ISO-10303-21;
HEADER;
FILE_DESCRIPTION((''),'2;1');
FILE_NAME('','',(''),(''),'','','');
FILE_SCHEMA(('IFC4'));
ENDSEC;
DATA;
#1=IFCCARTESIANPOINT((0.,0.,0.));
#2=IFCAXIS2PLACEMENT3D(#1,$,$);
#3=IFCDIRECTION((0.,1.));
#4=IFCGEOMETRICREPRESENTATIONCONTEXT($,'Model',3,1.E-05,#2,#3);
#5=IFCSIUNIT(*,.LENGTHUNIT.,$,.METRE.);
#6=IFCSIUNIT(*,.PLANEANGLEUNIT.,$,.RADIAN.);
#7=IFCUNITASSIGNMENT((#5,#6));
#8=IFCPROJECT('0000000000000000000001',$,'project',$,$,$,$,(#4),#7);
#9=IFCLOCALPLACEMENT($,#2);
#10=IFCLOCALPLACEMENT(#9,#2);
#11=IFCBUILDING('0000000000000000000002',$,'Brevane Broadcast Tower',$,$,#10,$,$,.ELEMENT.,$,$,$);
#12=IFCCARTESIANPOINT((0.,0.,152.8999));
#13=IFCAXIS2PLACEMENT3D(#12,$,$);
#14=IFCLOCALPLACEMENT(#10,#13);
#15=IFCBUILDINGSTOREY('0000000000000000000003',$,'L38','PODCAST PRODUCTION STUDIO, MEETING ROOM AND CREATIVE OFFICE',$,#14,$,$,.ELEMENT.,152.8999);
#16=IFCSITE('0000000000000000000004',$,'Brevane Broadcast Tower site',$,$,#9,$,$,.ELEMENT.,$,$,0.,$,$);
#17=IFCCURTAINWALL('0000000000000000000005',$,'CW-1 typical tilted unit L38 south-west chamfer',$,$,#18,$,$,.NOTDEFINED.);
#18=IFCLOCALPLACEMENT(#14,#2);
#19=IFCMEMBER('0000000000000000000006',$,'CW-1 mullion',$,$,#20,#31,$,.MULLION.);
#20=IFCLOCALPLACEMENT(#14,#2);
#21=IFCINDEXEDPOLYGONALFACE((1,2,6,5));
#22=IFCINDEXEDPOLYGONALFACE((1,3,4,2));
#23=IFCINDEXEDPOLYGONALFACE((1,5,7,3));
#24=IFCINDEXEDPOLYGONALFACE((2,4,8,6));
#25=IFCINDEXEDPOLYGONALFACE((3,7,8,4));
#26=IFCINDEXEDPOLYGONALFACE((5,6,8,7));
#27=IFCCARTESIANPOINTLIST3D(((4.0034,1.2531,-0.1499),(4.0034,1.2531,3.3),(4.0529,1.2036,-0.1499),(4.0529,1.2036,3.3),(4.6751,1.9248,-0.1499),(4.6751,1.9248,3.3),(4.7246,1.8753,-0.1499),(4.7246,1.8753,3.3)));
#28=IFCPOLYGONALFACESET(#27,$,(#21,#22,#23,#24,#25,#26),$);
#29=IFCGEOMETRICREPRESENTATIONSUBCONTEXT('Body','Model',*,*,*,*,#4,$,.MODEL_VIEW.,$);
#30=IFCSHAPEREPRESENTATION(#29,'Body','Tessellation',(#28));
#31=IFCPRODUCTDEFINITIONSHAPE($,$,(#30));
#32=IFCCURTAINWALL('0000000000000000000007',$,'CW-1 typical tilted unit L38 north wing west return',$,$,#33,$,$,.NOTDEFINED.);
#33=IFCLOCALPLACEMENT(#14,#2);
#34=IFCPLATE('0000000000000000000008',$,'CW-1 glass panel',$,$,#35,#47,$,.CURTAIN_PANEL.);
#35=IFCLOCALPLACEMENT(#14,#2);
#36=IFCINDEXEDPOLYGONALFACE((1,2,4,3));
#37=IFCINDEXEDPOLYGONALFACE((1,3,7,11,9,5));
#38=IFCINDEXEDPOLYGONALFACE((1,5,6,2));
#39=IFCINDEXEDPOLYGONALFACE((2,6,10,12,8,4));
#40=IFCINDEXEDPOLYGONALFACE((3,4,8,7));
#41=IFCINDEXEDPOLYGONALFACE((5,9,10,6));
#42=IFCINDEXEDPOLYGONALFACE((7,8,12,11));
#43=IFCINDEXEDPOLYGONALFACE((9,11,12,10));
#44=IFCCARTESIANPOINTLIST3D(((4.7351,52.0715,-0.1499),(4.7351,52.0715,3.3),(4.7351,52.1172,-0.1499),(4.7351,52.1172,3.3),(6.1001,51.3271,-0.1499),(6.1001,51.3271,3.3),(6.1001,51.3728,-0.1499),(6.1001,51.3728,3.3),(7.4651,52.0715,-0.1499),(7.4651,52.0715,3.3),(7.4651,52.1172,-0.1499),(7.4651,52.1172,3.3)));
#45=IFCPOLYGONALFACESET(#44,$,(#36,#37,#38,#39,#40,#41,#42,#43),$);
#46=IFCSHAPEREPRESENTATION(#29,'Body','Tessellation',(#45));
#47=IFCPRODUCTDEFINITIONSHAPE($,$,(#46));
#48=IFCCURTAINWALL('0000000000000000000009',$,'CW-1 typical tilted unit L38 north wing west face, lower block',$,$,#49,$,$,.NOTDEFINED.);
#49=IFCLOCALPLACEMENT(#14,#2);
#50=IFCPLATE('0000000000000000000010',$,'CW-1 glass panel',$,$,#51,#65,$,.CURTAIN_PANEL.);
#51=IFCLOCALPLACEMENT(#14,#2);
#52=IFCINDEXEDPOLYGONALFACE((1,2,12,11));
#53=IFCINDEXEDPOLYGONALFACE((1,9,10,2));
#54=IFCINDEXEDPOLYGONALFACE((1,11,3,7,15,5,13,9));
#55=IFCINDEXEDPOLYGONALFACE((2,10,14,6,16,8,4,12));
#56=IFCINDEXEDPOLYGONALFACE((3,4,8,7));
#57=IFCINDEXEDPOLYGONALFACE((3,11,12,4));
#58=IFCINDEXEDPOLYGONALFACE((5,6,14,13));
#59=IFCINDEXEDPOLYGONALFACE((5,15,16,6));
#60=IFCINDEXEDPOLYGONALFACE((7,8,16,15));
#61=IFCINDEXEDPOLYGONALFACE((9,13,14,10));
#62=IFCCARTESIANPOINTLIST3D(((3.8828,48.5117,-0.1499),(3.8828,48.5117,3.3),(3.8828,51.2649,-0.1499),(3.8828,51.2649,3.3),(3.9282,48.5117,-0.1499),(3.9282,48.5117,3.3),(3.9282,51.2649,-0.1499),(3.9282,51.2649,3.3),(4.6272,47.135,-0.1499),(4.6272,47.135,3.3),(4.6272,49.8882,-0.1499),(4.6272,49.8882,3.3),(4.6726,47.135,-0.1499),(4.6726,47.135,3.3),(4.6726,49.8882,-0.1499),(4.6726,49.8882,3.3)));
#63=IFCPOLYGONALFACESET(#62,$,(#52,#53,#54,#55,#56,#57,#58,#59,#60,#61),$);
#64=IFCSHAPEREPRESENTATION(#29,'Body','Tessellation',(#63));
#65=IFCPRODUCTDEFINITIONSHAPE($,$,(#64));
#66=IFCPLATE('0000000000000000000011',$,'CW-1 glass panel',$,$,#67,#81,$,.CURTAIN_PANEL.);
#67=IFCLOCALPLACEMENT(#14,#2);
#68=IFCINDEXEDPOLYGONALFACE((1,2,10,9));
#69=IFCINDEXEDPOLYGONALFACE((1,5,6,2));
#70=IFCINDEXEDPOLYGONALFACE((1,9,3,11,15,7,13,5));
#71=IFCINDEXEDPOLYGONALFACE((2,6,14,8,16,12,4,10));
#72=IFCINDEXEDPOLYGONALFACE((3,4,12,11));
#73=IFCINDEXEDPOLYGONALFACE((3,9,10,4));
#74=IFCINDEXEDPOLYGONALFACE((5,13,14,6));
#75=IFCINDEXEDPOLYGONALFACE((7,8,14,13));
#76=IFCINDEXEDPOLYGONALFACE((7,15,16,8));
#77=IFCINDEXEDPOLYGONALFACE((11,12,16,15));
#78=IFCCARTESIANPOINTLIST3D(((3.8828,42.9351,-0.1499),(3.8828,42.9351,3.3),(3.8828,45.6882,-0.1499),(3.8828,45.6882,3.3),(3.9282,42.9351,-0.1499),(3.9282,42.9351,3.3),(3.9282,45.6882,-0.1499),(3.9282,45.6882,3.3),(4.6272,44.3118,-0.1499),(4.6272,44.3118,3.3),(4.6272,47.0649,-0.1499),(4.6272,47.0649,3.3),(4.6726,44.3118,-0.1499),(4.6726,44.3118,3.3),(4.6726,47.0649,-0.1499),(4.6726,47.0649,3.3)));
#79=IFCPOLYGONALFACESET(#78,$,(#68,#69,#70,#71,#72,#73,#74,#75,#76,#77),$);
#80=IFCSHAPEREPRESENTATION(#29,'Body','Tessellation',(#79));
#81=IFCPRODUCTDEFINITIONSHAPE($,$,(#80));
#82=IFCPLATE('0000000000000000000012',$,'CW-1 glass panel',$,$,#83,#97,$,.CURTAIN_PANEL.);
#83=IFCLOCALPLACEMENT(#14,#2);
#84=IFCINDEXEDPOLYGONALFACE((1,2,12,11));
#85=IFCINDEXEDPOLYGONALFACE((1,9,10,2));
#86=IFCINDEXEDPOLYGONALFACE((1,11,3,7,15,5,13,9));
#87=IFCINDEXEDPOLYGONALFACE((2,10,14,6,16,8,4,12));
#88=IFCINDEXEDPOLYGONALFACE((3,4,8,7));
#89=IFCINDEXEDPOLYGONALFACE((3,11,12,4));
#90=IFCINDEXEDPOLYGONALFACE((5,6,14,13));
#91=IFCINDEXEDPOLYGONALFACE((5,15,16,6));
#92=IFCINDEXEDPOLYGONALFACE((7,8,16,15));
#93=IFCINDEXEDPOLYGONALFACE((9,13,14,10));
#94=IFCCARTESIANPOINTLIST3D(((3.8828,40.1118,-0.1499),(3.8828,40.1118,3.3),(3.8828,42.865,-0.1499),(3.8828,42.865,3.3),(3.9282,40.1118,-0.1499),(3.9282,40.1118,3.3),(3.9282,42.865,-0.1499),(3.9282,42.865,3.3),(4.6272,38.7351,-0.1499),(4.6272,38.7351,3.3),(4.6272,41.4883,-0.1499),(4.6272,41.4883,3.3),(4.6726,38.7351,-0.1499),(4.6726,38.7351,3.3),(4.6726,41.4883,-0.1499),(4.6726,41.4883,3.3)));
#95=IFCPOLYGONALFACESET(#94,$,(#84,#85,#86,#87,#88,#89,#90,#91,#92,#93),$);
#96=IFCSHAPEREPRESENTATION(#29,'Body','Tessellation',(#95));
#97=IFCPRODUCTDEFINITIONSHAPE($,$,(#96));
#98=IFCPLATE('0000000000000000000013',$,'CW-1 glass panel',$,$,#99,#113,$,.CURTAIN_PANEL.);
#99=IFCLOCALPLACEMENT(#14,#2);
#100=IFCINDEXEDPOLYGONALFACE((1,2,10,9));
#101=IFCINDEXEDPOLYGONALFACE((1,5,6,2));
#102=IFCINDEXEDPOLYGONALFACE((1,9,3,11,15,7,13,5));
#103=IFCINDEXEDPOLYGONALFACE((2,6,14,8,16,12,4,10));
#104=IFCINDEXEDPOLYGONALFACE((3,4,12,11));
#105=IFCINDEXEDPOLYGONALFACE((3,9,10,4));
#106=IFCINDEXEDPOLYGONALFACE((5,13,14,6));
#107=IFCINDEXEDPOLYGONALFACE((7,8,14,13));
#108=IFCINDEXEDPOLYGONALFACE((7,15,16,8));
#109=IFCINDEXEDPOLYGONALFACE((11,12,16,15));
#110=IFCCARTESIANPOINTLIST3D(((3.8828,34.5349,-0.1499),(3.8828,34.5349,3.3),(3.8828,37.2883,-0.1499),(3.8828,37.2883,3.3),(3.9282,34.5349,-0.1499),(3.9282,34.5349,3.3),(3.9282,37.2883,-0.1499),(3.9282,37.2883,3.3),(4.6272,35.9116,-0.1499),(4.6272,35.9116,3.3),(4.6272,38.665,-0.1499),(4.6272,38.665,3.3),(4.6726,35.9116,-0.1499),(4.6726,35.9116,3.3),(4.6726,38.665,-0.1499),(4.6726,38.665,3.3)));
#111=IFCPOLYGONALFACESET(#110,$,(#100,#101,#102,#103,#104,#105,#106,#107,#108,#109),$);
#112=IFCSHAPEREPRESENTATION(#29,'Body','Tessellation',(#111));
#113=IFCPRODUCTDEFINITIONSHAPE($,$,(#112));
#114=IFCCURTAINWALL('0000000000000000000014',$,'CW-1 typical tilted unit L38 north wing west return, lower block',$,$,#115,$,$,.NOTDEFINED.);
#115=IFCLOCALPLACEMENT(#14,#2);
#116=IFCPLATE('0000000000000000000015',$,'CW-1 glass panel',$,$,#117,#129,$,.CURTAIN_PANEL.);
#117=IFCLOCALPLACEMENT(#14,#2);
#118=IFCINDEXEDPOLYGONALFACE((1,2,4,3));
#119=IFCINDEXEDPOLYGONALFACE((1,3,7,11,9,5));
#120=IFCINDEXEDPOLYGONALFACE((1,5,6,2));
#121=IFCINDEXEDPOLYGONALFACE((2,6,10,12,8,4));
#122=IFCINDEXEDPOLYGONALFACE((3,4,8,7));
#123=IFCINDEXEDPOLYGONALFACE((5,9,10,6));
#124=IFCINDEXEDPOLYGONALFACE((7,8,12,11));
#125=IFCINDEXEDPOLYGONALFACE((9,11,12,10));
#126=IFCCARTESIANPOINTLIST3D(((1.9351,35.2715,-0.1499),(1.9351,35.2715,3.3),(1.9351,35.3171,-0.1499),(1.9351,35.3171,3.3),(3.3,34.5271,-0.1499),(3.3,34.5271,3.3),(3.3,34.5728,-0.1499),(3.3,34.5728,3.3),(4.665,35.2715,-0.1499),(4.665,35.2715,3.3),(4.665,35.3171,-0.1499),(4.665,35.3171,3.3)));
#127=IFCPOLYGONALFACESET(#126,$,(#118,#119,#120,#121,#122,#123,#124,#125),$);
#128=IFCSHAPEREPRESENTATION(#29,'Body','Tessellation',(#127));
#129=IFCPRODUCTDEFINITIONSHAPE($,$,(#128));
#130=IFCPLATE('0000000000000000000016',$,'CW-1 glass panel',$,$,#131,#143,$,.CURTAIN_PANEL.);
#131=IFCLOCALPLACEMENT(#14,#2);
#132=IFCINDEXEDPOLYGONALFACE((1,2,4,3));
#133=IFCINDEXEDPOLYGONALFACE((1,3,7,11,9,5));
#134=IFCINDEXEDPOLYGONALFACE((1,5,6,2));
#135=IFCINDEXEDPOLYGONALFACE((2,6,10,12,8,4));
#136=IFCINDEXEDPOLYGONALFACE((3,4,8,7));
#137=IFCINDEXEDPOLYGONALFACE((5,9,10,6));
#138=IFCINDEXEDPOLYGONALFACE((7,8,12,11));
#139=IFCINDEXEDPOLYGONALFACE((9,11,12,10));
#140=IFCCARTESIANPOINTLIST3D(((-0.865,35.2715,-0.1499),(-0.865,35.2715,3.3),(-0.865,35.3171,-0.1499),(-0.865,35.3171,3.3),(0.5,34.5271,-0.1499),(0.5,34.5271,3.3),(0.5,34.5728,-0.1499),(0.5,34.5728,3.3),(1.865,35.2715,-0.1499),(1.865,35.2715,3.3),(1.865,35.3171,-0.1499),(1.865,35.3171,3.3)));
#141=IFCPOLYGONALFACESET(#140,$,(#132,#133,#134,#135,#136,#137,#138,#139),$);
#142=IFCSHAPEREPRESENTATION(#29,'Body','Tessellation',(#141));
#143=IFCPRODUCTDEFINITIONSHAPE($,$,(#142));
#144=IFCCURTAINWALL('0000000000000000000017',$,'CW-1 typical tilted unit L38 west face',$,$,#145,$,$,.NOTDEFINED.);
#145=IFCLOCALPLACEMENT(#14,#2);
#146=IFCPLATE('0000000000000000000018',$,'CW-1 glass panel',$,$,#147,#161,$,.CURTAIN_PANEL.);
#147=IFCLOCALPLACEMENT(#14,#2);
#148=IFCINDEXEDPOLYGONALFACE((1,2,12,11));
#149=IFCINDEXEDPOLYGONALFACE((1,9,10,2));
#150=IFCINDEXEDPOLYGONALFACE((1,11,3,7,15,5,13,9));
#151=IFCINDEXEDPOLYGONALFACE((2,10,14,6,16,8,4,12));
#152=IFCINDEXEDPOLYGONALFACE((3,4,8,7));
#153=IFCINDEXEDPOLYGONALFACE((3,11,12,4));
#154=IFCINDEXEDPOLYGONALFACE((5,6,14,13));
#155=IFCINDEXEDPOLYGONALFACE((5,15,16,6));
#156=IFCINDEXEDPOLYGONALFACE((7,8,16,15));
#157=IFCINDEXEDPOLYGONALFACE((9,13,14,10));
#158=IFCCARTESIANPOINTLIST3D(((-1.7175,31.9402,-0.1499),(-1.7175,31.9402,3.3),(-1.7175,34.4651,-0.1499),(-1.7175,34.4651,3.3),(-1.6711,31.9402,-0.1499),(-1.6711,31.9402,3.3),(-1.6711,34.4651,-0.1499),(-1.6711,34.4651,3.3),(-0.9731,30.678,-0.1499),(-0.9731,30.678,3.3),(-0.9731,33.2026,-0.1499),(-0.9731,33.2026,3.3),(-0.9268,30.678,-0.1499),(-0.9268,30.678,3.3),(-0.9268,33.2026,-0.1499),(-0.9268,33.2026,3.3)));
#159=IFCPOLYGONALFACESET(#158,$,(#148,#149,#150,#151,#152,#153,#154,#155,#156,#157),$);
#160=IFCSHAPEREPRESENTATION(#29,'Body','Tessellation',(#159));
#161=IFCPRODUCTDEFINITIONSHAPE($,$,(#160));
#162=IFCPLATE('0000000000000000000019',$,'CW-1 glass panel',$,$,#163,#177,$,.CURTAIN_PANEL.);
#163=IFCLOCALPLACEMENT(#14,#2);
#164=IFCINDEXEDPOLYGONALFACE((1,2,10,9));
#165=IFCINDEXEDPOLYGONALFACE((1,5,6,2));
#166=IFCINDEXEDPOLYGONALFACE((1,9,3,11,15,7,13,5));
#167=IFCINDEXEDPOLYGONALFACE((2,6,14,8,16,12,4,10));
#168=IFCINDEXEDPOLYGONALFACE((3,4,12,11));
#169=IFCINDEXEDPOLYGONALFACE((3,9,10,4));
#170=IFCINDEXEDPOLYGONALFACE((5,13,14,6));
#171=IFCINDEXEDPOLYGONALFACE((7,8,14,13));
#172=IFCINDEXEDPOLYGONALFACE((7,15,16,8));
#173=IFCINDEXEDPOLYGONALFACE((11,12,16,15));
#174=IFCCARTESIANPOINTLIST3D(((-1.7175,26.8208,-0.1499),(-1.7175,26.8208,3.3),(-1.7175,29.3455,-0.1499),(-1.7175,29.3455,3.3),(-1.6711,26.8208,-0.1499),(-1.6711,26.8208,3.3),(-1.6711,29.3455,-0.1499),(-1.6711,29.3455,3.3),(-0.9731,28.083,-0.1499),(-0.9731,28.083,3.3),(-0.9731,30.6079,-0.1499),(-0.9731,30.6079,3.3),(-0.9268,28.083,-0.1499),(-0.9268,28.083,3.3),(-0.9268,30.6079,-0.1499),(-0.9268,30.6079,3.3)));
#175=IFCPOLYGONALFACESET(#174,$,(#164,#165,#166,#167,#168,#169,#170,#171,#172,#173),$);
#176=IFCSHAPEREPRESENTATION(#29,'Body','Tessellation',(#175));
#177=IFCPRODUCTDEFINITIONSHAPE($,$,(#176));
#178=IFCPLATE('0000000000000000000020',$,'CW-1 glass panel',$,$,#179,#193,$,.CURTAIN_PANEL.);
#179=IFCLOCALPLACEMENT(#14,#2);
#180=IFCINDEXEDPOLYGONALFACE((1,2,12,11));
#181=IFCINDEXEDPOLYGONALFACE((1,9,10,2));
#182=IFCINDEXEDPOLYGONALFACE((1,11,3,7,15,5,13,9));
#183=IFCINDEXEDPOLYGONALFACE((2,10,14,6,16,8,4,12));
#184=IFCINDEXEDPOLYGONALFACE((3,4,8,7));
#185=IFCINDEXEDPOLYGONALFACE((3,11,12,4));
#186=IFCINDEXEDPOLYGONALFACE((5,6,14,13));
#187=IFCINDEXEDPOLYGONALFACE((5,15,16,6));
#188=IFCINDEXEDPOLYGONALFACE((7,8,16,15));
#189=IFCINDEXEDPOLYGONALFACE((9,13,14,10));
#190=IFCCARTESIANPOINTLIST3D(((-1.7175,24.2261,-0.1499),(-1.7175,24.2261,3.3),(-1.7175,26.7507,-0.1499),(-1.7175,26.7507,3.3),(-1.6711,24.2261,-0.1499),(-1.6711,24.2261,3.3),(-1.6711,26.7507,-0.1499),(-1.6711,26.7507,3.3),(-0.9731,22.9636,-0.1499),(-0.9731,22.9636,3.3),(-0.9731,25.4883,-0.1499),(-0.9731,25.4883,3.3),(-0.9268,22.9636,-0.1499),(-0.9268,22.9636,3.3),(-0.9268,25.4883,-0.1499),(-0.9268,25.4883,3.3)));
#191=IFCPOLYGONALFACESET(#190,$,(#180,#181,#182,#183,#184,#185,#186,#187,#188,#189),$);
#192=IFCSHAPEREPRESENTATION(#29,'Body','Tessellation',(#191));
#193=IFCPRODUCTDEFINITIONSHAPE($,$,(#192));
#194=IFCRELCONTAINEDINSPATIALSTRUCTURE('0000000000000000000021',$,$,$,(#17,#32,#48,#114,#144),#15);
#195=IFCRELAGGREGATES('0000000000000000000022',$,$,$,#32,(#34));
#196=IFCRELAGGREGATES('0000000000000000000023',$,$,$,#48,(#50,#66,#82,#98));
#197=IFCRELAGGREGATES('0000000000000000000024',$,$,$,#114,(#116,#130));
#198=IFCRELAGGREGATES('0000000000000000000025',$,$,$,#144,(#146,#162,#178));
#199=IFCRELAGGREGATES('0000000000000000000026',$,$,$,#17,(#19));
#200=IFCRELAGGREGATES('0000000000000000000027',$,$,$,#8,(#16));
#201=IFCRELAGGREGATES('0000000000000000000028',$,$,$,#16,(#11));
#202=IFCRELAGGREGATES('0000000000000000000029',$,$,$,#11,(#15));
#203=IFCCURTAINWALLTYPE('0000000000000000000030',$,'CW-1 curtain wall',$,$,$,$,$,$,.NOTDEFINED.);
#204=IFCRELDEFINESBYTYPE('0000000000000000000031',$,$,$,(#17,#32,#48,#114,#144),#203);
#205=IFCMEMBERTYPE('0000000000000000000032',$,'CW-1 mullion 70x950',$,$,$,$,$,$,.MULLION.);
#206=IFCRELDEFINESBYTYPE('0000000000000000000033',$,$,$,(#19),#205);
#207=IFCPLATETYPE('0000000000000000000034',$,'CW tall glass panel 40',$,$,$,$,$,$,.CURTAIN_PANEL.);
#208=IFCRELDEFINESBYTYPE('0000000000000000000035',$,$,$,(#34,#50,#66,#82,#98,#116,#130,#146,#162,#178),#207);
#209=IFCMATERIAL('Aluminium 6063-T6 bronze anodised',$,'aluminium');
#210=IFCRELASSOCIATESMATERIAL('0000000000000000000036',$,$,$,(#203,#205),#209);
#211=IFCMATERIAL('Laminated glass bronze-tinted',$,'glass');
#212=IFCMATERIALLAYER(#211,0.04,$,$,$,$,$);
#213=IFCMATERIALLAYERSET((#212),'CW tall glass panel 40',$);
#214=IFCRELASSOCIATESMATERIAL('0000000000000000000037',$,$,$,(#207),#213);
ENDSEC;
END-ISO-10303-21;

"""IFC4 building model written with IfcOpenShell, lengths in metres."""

from ifc_helpers import new_model, si_unit, direction, frame, origin, origin_2d, place, context, subcontext, project, spatial, polyline, rectangle, outline, extrude, material, layer, layer_set, material_profile, profile_set, type_object, element, aggregate, save


model = new_model("IFC4")

# Units and contexts
model_context = context("Model", 3, precision=1e-05, world=origin(), true_north=direction((0.0, 1.0)))
body_context = subcontext(model_context, "Body", "Model", "MODEL_VIEW")
ifc_project = project(units=[si_unit("LENGTHUNIT", "METRE"), si_unit("PLANEANGLEUNIT", "RADIAN")], contexts=[model_context])

# Site, building, storey
site_placement = place(None, origin())
site = spatial("IfcSite", under=ifc_project, at=site_placement, Name="Brevane Broadcast Tower site", CompositionType="ELEMENT", RefElevation=0.0)
building_placement = place(site_placement, origin())
building = spatial("IfcBuilding", under=site, at=building_placement, Name="Brevane Broadcast Tower", CompositionType="ELEMENT")
storey_placement = place(building_placement, frame((0.0, 0.0, 152.8999)))
storey = spatial("IfcBuildingStorey", under=building, at=storey_placement, Name="L38", Description="PODCAST PRODUCTION STUDIO, MEETING ROOM AND CREATIVE OFFICE", CompositionType="ELEMENT", Elevation=152.8999)

# Curtain wall, member
ifc_material_1 = material(Name="Aluminium 6063-T6 bronze anodised", Category="aluminium")
curtain_wall_type = type_object("IfcCurtainWallType", Name="CW-1 curtain wall", PredefinedType="NOTDEFINED", material=ifc_material_1)
curtain_wall_1_placement = place(storey_placement, origin())
curtain_wall_1 = element("IfcCurtainWall", 1, at=curtain_wall_1_placement, inside=storey, type_object=curtain_wall_type, Name="CW-1 typical tilted unit L38 south-west chamfer", PredefinedType="NOTDEFINED")
ifc_material_profile = material_profile(ifc_material_1, rectangle(XDim=0.95, YDim=0.0701, at=origin_2d()), Name="RECT 70x950")
ifc_profile_set = profile_set([ifc_material_profile], Name="Aluminium 6063-T6 bronze anodised")
member_type = type_object("IfcMemberType", Name="CW-1 mullion 70x950", PredefinedType="MULLION", material=ifc_profile_set)
member_placement = place(storey_placement, frame((4.364, 1.5642, -0.1499), z_axis=(0.0, 0.0, 1.0), x_axis=(0.707107, 0.707107, 0.0)))
member = element("IfcMember", 2, at=member_placement, type_object=member_type, Name="CW-1 mullion", PredefinedType="MULLION", context=body_context, shape_type="SweptSolid", body=[
    extrude(rectangle(XDim=0.95, YDim=0.0701, at=origin_2d()), origin(), (0.0, 0.0, 1.0), 3.45),
])

# Curtain wall, plate
curtain_wall_2_placement = place(storey_placement, origin())
curtain_wall_2 = element("IfcCurtainWall", 3, at=curtain_wall_2_placement, inside=storey, type_object=curtain_wall_type, Name="CW-1 typical tilted unit L38 north wing west return", PredefinedType="NOTDEFINED")
ifc_material_2 = material(Name="Laminated glass bronze-tinted", Category="glass")
ifc_layer_1 = layer(ifc_material_2, 0.04)
ifc_layer_set_1 = layer_set([ifc_layer_1], Name="CW tall glass panel 40")
plate_type = type_object("IfcPlateType", Name="CW tall glass panel 40", PredefinedType="CURTAIN_PANEL", material=ifc_layer_set_1)
plate_1_placement = place(storey_placement, frame((0.0, 0.0, -0.1499)))
plate_1 = element("IfcPlate", 4, at=plate_1_placement, type_object=plate_type, Name="CW-1 glass panel", PredefinedType="CURTAIN_PANEL", context=body_context, shape_type="SweptSolid", body=[
    extrude(outline(polyline([(7.4651, 52.0715), (7.4651, 52.1172), (6.1001, 51.3728), (4.7351, 52.1172), (4.7351, 52.0715), (6.1001, 51.3271), (7.4651, 52.0715)])), origin(), (0.0, 0.0, 1.0), 3.45),
])
aggregate(curtain_wall_2, [plate_1])

# Curtain walls, plates
curtain_wall_3_placement = place(storey_placement, origin())
curtain_wall_3 = element("IfcCurtainWall", 5, at=curtain_wall_3_placement, inside=storey, type_object=curtain_wall_type, Name="CW-1 typical tilted unit L38 north wing west face, lower block", PredefinedType="NOTDEFINED")
plate_2_placement = place(storey_placement, frame((0.0, 0.0, -0.1499)))
plate_2 = element("IfcPlate", 6, at=plate_2_placement, type_object=plate_type, Name="CW-1 glass panel", PredefinedType="CURTAIN_PANEL", context=body_context, shape_type="SweptSolid", body=[
    extrude(outline(polyline([(3.9282, 51.2649), (3.8828, 51.2649), (4.6272, 49.8882), (3.8828, 48.5117), (4.6272, 47.135), (4.6726, 47.135), (3.9282, 48.5117), (4.6726, 49.8882), (3.9282, 51.2649)])), origin(), (0.0, 0.0, 1.0), 3.45),
])
plate_3_placement = place(storey_placement, frame((0.0, 0.0, -0.1499)))
plate_3 = element("IfcPlate", 7, at=plate_3_placement, type_object=plate_type, Name="CW-1 glass panel", PredefinedType="CURTAIN_PANEL", context=body_context, shape_type="SweptSolid", body=[
    extrude(outline(polyline([(4.6726, 47.0649), (4.6272, 47.0649), (3.8828, 45.6882), (4.6272, 44.3118), (3.8828, 42.9351), (3.9282, 42.9351), (4.6726, 44.3118), (3.9282, 45.6882), (4.6726, 47.0649)])), origin(), (0.0, 0.0, 1.0), 3.45),
])
plate_4_placement = place(storey_placement, frame((0.0, 0.0, -0.1499)))
plate_4 = element("IfcPlate", 8, at=plate_4_placement, type_object=plate_type, Name="CW-1 glass panel", PredefinedType="CURTAIN_PANEL", context=body_context, shape_type="SweptSolid", body=[
    extrude(outline(polyline([(3.9282, 42.865), (3.8828, 42.865), (4.6272, 41.4883), (3.8828, 40.1118), (4.6272, 38.7351), (4.6726, 38.7351), (3.9282, 40.1118), (4.6726, 41.4883), (3.9282, 42.865)])), origin(), (0.0, 0.0, 1.0), 3.45),
])
plate_5_placement = place(storey_placement, frame((0.0, 0.0, -0.1499)))
plate_5 = element("IfcPlate", 9, at=plate_5_placement, type_object=plate_type, Name="CW-1 glass panel", PredefinedType="CURTAIN_PANEL", context=body_context, shape_type="SweptSolid", body=[
    extrude(outline(polyline([(4.6726, 38.665), (4.6272, 38.665), (3.8828, 37.2883), (4.6272, 35.9116), (3.8828, 34.5349), (3.9282, 34.5349), (4.6726, 35.9116), (3.9282, 37.2883), (4.6726, 38.665)])), origin(), (0.0, 0.0, 1.0), 3.45),
])
aggregate(curtain_wall_3, [plate_2, plate_3, plate_4, plate_5])
curtain_wall_4_placement = place(storey_placement, origin())
curtain_wall_4 = element("IfcCurtainWall", 10, at=curtain_wall_4_placement, inside=storey, type_object=curtain_wall_type, Name="CW-1 typical tilted unit L38 north wing west return, lower block", PredefinedType="NOTDEFINED")
plate_6_placement = place(storey_placement, frame((0.0, 0.0, -0.1499)))
plate_6 = element("IfcPlate", 11, at=plate_6_placement, type_object=plate_type, Name="CW-1 glass panel", PredefinedType="CURTAIN_PANEL", context=body_context, shape_type="SweptSolid", body=[
    extrude(outline(polyline([(4.665, 35.2715), (4.665, 35.3171), (3.3, 34.5728), (1.9351, 35.3171), (1.9351, 35.2715), (3.3, 34.5271), (4.665, 35.2715)])), origin(), (0.0, 0.0, 1.0), 3.45),
])
plate_7_placement = place(storey_placement, frame((0.0, 0.0, -0.1499)))
plate_7 = element("IfcPlate", 12, at=plate_7_placement, type_object=plate_type, Name="CW-1 glass panel", PredefinedType="CURTAIN_PANEL", context=body_context, shape_type="SweptSolid", body=[
    extrude(outline(polyline([(1.865, 35.2715), (1.865, 35.3171), (0.5, 34.5728), (-0.865, 35.3171), (-0.865, 35.2715), (0.5, 34.5271), (1.865, 35.2715)])), origin(), (0.0, 0.0, 1.0), 3.45),
])
aggregate(curtain_wall_4, [plate_6, plate_7])
curtain_wall_5_placement = place(storey_placement, origin())
curtain_wall_5 = element("IfcCurtainWall", 13, at=curtain_wall_5_placement, inside=storey, type_object=curtain_wall_type, Name="CW-1 typical tilted unit L38 west face", PredefinedType="NOTDEFINED")
plate_8_placement = place(storey_placement, frame((0.0, 0.0, -0.1499)))
plate_8 = element("IfcPlate", 14, at=plate_8_placement, type_object=plate_type, Name="CW-1 glass panel", PredefinedType="CURTAIN_PANEL", context=body_context, shape_type="SweptSolid", body=[
    extrude(outline(polyline([(-1.6711, 34.4651), (-1.7175, 34.4651), (-0.9731, 33.2026), (-1.7175, 31.9402), (-0.9731, 30.678), (-0.9268, 30.678), (-1.6711, 31.9402), (-0.9268, 33.2026), (-1.6711, 34.4651)])), origin(), (0.0, 0.0, 1.0), 3.45),
])
plate_9_placement = place(storey_placement, frame((0.0, 0.0, -0.1499)))
plate_9 = element("IfcPlate", 15, at=plate_9_placement, type_object=plate_type, Name="CW-1 glass panel", PredefinedType="CURTAIN_PANEL", context=body_context, shape_type="SweptSolid", body=[
    extrude(outline(polyline([(-0.9268, 30.6079), (-0.9731, 30.6079), (-1.7175, 29.3455), (-0.9731, 28.083), (-1.7175, 26.8208), (-1.6711, 26.8208), (-0.9268, 28.083), (-1.6711, 29.3455), (-0.9268, 30.6079)])), origin(), (0.0, 0.0, 1.0), 3.45),
])
plate_10_placement = place(storey_placement, frame((0.0, 0.0, -0.1499)))
plate_10 = element("IfcPlate", 16, at=plate_10_placement, type_object=plate_type, Name="CW-1 glass panel", PredefinedType="CURTAIN_PANEL", context=body_context, shape_type="SweptSolid", body=[
    extrude(outline(polyline([(-1.6711, 26.7507), (-1.7175, 26.7507), (-0.9731, 25.4883), (-1.7175, 24.2261), (-0.9731, 22.9636), (-0.9268, 22.9636), (-1.6711, 24.2261), (-0.9268, 25.4883), (-1.6711, 26.7507)])), origin(), (0.0, 0.0, 1.0), 3.45),
])
aggregate(curtain_wall_5, [plate_8, plate_9, plate_10])

aggregate(curtain_wall_1, [member])

save(model, "model.ifc")
